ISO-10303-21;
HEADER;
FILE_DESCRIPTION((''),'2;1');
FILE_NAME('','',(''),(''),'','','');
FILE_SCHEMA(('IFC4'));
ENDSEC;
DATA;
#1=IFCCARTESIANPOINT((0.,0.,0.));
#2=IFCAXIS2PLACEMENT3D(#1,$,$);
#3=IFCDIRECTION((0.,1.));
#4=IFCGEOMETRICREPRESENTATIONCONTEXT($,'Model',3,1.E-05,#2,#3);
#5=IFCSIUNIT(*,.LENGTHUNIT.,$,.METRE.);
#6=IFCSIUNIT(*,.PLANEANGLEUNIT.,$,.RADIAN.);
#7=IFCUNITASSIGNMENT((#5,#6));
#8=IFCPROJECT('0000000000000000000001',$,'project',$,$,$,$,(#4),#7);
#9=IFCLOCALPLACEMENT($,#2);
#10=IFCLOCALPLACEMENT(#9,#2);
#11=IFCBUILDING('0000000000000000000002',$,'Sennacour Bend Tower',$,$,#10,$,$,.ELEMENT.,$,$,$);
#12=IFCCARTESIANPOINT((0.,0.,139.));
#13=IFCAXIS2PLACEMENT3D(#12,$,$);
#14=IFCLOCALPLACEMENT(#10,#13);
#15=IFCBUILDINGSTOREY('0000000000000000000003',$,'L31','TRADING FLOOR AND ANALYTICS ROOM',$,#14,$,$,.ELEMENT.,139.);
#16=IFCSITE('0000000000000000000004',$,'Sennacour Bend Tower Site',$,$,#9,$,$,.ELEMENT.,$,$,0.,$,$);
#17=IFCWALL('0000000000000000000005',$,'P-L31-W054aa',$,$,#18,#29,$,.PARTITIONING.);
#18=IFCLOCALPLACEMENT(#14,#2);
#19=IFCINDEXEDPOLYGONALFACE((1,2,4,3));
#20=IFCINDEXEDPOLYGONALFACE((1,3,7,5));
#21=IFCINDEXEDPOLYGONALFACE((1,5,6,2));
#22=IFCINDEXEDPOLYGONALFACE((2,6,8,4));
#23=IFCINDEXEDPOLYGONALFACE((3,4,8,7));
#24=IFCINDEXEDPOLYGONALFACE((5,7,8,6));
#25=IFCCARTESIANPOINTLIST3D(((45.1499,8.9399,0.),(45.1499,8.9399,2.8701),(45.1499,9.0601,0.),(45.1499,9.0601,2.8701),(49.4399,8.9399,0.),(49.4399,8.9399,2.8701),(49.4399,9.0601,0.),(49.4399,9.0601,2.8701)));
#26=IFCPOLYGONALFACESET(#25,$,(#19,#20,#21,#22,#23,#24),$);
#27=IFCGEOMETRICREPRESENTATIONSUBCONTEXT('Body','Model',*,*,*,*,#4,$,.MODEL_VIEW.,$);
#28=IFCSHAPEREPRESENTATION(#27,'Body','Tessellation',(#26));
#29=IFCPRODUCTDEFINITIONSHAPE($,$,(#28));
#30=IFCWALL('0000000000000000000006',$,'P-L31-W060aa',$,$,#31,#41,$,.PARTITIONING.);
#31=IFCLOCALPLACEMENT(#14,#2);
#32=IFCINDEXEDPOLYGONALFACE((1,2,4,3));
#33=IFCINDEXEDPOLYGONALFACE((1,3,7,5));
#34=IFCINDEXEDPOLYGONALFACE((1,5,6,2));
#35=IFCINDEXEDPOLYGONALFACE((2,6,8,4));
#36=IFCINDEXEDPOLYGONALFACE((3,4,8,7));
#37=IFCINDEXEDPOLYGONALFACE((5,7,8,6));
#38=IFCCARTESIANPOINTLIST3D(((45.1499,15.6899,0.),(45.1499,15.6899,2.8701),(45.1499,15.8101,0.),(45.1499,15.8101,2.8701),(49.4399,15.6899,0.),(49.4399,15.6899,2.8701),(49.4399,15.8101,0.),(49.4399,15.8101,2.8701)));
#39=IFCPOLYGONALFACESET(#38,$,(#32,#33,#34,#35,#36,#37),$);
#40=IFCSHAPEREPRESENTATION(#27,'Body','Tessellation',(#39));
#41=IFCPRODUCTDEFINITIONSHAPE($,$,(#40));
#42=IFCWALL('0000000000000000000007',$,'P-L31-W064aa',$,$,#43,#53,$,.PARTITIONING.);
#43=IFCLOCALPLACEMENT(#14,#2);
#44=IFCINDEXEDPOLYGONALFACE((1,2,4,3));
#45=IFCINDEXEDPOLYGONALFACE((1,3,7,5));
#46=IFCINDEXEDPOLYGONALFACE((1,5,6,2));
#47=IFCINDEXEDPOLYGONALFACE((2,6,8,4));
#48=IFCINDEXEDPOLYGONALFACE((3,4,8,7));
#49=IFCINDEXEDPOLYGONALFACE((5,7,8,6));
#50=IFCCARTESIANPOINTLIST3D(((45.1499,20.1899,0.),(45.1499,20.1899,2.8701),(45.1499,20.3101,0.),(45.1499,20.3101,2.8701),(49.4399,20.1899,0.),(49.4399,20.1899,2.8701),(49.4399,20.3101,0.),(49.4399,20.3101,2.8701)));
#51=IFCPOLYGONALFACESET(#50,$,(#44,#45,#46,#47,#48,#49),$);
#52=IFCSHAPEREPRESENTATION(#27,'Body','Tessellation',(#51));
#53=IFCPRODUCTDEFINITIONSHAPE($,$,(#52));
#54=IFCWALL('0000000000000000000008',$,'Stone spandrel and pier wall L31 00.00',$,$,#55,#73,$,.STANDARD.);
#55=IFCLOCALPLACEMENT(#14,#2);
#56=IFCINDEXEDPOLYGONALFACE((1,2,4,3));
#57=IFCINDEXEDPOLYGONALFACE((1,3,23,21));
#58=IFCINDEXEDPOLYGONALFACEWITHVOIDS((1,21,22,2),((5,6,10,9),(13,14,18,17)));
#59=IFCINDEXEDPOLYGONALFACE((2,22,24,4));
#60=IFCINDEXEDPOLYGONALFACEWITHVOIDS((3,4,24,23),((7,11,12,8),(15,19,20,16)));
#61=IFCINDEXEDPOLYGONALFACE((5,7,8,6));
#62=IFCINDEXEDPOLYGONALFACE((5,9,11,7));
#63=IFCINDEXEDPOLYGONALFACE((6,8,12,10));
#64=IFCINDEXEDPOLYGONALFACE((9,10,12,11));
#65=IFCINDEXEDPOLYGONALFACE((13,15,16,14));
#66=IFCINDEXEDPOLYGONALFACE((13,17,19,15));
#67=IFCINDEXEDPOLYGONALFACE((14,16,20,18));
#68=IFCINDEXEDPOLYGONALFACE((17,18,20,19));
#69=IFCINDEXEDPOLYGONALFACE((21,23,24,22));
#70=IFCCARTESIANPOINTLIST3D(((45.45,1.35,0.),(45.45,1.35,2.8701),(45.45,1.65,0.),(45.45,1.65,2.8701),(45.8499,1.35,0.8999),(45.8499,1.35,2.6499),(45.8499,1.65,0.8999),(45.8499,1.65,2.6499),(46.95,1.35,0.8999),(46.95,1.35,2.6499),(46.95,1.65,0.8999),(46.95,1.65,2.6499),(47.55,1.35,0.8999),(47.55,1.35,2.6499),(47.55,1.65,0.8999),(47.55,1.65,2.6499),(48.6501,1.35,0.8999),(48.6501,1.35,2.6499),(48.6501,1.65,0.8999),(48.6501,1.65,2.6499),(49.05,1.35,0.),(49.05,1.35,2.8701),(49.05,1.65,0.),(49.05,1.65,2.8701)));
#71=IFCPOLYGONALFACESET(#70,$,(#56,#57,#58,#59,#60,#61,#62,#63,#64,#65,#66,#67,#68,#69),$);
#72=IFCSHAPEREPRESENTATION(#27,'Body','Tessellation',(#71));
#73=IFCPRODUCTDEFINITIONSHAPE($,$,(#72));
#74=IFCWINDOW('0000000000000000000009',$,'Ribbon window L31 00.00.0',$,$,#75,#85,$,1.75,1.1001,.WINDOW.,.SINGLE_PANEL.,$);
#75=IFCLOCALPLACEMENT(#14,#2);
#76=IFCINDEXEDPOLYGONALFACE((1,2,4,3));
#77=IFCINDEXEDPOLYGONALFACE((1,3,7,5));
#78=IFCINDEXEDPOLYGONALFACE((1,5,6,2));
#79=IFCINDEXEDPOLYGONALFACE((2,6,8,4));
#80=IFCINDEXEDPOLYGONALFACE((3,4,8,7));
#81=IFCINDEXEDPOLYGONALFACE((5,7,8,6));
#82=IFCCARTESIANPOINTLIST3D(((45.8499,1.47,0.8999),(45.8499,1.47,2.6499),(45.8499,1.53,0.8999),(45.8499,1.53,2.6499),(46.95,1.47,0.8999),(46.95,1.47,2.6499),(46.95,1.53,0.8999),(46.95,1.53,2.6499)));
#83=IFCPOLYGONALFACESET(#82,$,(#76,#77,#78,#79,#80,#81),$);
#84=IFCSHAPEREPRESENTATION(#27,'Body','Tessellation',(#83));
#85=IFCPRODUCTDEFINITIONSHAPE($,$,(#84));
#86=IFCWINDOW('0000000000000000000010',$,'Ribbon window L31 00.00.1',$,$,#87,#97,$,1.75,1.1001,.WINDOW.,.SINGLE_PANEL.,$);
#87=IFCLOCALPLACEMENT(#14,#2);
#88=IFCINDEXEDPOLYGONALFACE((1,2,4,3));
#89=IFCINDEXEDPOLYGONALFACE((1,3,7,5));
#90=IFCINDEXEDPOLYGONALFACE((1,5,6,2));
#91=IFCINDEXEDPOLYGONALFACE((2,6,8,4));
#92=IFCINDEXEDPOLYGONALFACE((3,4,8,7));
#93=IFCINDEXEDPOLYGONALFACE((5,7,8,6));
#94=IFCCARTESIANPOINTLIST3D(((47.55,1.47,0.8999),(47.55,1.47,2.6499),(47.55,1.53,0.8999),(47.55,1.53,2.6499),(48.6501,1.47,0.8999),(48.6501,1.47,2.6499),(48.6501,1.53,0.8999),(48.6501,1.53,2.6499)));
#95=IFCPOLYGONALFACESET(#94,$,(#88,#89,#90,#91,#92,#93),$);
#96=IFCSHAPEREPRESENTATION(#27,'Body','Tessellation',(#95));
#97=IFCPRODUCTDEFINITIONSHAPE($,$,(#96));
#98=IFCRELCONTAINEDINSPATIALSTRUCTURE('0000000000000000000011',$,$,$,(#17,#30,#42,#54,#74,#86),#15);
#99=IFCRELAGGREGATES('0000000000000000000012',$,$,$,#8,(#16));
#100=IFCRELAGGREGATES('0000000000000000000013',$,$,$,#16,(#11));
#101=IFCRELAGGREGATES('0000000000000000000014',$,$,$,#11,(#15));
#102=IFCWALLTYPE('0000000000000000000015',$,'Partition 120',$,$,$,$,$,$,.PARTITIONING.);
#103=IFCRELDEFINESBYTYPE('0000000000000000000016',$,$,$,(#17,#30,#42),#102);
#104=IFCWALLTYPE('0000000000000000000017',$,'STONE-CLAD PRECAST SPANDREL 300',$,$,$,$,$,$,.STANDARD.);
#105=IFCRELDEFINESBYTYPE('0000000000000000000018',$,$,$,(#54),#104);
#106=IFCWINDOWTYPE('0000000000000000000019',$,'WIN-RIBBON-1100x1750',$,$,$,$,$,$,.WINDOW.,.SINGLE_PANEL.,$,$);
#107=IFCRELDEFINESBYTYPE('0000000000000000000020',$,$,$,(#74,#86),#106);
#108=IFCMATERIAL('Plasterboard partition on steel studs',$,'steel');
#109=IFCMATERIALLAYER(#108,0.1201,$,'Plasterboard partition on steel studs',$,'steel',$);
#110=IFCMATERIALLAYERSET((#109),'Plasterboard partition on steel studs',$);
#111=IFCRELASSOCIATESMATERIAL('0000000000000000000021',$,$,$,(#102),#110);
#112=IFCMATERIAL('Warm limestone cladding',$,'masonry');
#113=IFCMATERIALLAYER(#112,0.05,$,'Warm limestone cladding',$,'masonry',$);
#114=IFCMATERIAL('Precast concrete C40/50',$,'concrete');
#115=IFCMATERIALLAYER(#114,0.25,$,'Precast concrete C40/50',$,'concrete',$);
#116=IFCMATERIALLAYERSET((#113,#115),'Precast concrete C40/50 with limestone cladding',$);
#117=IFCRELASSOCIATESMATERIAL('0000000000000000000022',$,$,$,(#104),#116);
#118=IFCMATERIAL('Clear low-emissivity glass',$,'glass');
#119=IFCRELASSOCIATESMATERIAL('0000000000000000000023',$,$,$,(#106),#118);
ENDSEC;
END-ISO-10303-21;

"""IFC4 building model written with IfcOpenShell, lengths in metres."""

from ifc_helpers import new_model, si_unit, direction, frame, frame_2d, origin, place, context, subcontext, project, spatial, rectangle, extrude, material, layer, layer_set, type_object, element, fill, save


model = new_model("IFC4")

# Units and contexts
model_context = context("Model", 3, precision=1e-05, world=origin(), true_north=direction((0.0, 1.0)))
body_context = subcontext(model_context, "Body", "Model", "MODEL_VIEW")
ifc_project = project(units=[si_unit("LENGTHUNIT", "METRE"), si_unit("PLANEANGLEUNIT", "RADIAN")], contexts=[model_context])

# Site, building, storey
site_placement = place(None, origin())
site = spatial("IfcSite", under=ifc_project, at=site_placement, Name="Sennacour Bend Tower Site", CompositionType="ELEMENT", RefElevation=0.0)
building_placement = place(site_placement, origin())
building = spatial("IfcBuilding", under=site, at=building_placement, Name="Sennacour Bend Tower", CompositionType="ELEMENT")
storey_placement = place(building_placement, frame((0.0, 0.0, 139.0)))
storey = spatial("IfcBuildingStorey", under=building, at=storey_placement, Name="L31", Description="TRADING FLOOR AND ANALYTICS ROOM", CompositionType="ELEMENT", Elevation=139.0)

# Walls
ifc_material_1 = material(Name="Plasterboard partition on steel studs", Category="steel")
ifc_layer_1 = layer(ifc_material_1, 0.1201, Name="Plasterboard partition on steel studs", Category="steel")
ifc_layer_set_1 = layer_set([ifc_layer_1], Name="Plasterboard partition on steel studs")
wall_type_1 = type_object("IfcWallType", Name="Partition 120", PredefinedType="PARTITIONING", material=ifc_layer_set_1)
for number, where, z_axis, x_axis, name in (
    (1, (45.1499, 9.0, 0.0), (0.0, 0.0, 1.0), (1.0, 0.0, 0.0), "P-L31-W054aa"),
    (2, (45.1499, 15.75, 0.0), (0.0, 0.0, 1.0), (1.0, 0.0, 0.0), "P-L31-W060aa"),
    (3, (45.1499, 20.25, 0.0), (0.0, 0.0, 1.0), (1.0, 0.0, 0.0), "P-L31-W064aa"),
):
    element("IfcWall", number, at=place(storey_placement, frame(where, z_axis=z_axis, x_axis=x_axis)), inside=storey, type_object=wall_type_1, Name=name, PredefinedType="PARTITIONING", context=body_context, shape_type="SweptSolid", body=[
        extrude(rectangle(XDim=4.29, YDim=0.1201, at=frame_2d((2.145, 0.0))), origin(), (0.0, 0.0, 1.0), 2.8701),
    ])

# Wall, openings, windows
ifc_material_2 = material(Name="Warm limestone cladding", Category="masonry")
ifc_layer_2 = layer(ifc_material_2, 0.05, Name="Warm limestone cladding", Category="masonry")
ifc_material_3 = material(Name="Precast concrete C40/50", Category="concrete")
ifc_layer_3 = layer(ifc_material_3, 0.25, Name="Precast concrete C40/50", Category="concrete")
ifc_layer_set_2 = layer_set([ifc_layer_2, ifc_layer_3], Name="Precast concrete C40/50 with limestone cladding")
wall_type_2 = type_object("IfcWallType", Name="STONE-CLAD PRECAST SPANDREL 300", PredefinedType="STANDARD", material=ifc_layer_set_2)
wall_placement = place(storey_placement, frame((45.45, 1.5, 0.0), z_axis=(0.0, 0.0, 1.0), x_axis=(1.0, 0.0, 0.0)))
wall = element("IfcWall", 4, at=wall_placement, inside=storey, type_object=wall_type_2, Name="Stone spandrel and pier wall L31 00.00", PredefinedType="STANDARD", context=body_context, shape_type="SweptSolid", body=[
    extrude(rectangle(XDim=3.6001, YDim=0.3, at=frame_2d((1.8, 0.0))), origin(), (0.0, 0.0, 1.0), 2.8701),
])
opening_1_placement = place(wall_placement, frame((0.3999, 0.0, 0.8999)))
opening_1 = element("IfcOpeningElement", 5, at=opening_1_placement, cuts=wall, PredefinedType="OPENING", context=body_context, shape_type="SweptSolid", body=[
    extrude(rectangle(XDim=1.1001, YDim=1.75, at=frame_2d((0.55, 0.875))), frame((0.0, 0.1602, 0.0), z_axis=(0.0, -1.0, 0.0), x_axis=(1.0, 0.0, 0.0)), (0.0, 0.0, 1.0), 0.3201),
])
opening_2_placement = place(wall_placement, frame((2.1001, 0.0, 0.8999)))
opening_2 = element("IfcOpeningElement", 6, at=opening_2_placement, cuts=wall, PredefinedType="OPENING", context=body_context, shape_type="SweptSolid", body=[
    extrude(rectangle(XDim=1.1001, YDim=1.75, at=frame_2d((0.55, 0.875))), frame((0.0, 0.1602, 0.0), z_axis=(0.0, -1.0, 0.0), x_axis=(1.0, 0.0, 0.0)), (0.0, 0.0, 1.0), 0.3201),
])
ifc_material_4 = material(Name="Clear low-emissivity glass", Category="glass")
window_type = type_object("IfcWindowType", Name="WIN-RIBBON-1100x1750", PartitioningType="SINGLE_PANEL", PredefinedType="WINDOW", material=ifc_material_4)
window_1_placement = place(opening_1_placement, origin())
window_1 = element("IfcWindow", 7, at=window_1_placement, inside=storey, type_object=window_type, Name="Ribbon window L31 00.00.0", OverallHeight=1.75, OverallWidth=1.1001, PartitioningType="SINGLE_PANEL", PredefinedType="WINDOW", context=body_context, shape_type="SweptSolid", body=[
    extrude(rectangle(XDim=1.1001, YDim=1.75, at=frame_2d((0.55, 0.875))), frame((0.0, 0.03, 0.0), z_axis=(0.0, -1.0, 0.0), x_axis=(1.0, 0.0, 0.0)), (0.0, 0.0, 1.0), 0.0601),
])
fill(opening_1, window_1)
window_2_placement = place(opening_2_placement, origin())
window_2 = element("IfcWindow", 8, at=window_2_placement, inside=storey, type_object=window_type, Name="Ribbon window L31 00.00.1", OverallHeight=1.75, OverallWidth=1.1001, PartitioningType="SINGLE_PANEL", PredefinedType="WINDOW", context=body_context, shape_type="SweptSolid", body=[
    extrude(rectangle(XDim=1.1001, YDim=1.75, at=frame_2d((0.55, 0.875))), frame((0.0, 0.03, 0.0), z_axis=(0.0, -1.0, 0.0), x_axis=(1.0, 0.0, 0.0)), (0.0, 0.0, 1.0), 0.0601),
])
fill(opening_2, window_2)

save(model, "model.ifc")
